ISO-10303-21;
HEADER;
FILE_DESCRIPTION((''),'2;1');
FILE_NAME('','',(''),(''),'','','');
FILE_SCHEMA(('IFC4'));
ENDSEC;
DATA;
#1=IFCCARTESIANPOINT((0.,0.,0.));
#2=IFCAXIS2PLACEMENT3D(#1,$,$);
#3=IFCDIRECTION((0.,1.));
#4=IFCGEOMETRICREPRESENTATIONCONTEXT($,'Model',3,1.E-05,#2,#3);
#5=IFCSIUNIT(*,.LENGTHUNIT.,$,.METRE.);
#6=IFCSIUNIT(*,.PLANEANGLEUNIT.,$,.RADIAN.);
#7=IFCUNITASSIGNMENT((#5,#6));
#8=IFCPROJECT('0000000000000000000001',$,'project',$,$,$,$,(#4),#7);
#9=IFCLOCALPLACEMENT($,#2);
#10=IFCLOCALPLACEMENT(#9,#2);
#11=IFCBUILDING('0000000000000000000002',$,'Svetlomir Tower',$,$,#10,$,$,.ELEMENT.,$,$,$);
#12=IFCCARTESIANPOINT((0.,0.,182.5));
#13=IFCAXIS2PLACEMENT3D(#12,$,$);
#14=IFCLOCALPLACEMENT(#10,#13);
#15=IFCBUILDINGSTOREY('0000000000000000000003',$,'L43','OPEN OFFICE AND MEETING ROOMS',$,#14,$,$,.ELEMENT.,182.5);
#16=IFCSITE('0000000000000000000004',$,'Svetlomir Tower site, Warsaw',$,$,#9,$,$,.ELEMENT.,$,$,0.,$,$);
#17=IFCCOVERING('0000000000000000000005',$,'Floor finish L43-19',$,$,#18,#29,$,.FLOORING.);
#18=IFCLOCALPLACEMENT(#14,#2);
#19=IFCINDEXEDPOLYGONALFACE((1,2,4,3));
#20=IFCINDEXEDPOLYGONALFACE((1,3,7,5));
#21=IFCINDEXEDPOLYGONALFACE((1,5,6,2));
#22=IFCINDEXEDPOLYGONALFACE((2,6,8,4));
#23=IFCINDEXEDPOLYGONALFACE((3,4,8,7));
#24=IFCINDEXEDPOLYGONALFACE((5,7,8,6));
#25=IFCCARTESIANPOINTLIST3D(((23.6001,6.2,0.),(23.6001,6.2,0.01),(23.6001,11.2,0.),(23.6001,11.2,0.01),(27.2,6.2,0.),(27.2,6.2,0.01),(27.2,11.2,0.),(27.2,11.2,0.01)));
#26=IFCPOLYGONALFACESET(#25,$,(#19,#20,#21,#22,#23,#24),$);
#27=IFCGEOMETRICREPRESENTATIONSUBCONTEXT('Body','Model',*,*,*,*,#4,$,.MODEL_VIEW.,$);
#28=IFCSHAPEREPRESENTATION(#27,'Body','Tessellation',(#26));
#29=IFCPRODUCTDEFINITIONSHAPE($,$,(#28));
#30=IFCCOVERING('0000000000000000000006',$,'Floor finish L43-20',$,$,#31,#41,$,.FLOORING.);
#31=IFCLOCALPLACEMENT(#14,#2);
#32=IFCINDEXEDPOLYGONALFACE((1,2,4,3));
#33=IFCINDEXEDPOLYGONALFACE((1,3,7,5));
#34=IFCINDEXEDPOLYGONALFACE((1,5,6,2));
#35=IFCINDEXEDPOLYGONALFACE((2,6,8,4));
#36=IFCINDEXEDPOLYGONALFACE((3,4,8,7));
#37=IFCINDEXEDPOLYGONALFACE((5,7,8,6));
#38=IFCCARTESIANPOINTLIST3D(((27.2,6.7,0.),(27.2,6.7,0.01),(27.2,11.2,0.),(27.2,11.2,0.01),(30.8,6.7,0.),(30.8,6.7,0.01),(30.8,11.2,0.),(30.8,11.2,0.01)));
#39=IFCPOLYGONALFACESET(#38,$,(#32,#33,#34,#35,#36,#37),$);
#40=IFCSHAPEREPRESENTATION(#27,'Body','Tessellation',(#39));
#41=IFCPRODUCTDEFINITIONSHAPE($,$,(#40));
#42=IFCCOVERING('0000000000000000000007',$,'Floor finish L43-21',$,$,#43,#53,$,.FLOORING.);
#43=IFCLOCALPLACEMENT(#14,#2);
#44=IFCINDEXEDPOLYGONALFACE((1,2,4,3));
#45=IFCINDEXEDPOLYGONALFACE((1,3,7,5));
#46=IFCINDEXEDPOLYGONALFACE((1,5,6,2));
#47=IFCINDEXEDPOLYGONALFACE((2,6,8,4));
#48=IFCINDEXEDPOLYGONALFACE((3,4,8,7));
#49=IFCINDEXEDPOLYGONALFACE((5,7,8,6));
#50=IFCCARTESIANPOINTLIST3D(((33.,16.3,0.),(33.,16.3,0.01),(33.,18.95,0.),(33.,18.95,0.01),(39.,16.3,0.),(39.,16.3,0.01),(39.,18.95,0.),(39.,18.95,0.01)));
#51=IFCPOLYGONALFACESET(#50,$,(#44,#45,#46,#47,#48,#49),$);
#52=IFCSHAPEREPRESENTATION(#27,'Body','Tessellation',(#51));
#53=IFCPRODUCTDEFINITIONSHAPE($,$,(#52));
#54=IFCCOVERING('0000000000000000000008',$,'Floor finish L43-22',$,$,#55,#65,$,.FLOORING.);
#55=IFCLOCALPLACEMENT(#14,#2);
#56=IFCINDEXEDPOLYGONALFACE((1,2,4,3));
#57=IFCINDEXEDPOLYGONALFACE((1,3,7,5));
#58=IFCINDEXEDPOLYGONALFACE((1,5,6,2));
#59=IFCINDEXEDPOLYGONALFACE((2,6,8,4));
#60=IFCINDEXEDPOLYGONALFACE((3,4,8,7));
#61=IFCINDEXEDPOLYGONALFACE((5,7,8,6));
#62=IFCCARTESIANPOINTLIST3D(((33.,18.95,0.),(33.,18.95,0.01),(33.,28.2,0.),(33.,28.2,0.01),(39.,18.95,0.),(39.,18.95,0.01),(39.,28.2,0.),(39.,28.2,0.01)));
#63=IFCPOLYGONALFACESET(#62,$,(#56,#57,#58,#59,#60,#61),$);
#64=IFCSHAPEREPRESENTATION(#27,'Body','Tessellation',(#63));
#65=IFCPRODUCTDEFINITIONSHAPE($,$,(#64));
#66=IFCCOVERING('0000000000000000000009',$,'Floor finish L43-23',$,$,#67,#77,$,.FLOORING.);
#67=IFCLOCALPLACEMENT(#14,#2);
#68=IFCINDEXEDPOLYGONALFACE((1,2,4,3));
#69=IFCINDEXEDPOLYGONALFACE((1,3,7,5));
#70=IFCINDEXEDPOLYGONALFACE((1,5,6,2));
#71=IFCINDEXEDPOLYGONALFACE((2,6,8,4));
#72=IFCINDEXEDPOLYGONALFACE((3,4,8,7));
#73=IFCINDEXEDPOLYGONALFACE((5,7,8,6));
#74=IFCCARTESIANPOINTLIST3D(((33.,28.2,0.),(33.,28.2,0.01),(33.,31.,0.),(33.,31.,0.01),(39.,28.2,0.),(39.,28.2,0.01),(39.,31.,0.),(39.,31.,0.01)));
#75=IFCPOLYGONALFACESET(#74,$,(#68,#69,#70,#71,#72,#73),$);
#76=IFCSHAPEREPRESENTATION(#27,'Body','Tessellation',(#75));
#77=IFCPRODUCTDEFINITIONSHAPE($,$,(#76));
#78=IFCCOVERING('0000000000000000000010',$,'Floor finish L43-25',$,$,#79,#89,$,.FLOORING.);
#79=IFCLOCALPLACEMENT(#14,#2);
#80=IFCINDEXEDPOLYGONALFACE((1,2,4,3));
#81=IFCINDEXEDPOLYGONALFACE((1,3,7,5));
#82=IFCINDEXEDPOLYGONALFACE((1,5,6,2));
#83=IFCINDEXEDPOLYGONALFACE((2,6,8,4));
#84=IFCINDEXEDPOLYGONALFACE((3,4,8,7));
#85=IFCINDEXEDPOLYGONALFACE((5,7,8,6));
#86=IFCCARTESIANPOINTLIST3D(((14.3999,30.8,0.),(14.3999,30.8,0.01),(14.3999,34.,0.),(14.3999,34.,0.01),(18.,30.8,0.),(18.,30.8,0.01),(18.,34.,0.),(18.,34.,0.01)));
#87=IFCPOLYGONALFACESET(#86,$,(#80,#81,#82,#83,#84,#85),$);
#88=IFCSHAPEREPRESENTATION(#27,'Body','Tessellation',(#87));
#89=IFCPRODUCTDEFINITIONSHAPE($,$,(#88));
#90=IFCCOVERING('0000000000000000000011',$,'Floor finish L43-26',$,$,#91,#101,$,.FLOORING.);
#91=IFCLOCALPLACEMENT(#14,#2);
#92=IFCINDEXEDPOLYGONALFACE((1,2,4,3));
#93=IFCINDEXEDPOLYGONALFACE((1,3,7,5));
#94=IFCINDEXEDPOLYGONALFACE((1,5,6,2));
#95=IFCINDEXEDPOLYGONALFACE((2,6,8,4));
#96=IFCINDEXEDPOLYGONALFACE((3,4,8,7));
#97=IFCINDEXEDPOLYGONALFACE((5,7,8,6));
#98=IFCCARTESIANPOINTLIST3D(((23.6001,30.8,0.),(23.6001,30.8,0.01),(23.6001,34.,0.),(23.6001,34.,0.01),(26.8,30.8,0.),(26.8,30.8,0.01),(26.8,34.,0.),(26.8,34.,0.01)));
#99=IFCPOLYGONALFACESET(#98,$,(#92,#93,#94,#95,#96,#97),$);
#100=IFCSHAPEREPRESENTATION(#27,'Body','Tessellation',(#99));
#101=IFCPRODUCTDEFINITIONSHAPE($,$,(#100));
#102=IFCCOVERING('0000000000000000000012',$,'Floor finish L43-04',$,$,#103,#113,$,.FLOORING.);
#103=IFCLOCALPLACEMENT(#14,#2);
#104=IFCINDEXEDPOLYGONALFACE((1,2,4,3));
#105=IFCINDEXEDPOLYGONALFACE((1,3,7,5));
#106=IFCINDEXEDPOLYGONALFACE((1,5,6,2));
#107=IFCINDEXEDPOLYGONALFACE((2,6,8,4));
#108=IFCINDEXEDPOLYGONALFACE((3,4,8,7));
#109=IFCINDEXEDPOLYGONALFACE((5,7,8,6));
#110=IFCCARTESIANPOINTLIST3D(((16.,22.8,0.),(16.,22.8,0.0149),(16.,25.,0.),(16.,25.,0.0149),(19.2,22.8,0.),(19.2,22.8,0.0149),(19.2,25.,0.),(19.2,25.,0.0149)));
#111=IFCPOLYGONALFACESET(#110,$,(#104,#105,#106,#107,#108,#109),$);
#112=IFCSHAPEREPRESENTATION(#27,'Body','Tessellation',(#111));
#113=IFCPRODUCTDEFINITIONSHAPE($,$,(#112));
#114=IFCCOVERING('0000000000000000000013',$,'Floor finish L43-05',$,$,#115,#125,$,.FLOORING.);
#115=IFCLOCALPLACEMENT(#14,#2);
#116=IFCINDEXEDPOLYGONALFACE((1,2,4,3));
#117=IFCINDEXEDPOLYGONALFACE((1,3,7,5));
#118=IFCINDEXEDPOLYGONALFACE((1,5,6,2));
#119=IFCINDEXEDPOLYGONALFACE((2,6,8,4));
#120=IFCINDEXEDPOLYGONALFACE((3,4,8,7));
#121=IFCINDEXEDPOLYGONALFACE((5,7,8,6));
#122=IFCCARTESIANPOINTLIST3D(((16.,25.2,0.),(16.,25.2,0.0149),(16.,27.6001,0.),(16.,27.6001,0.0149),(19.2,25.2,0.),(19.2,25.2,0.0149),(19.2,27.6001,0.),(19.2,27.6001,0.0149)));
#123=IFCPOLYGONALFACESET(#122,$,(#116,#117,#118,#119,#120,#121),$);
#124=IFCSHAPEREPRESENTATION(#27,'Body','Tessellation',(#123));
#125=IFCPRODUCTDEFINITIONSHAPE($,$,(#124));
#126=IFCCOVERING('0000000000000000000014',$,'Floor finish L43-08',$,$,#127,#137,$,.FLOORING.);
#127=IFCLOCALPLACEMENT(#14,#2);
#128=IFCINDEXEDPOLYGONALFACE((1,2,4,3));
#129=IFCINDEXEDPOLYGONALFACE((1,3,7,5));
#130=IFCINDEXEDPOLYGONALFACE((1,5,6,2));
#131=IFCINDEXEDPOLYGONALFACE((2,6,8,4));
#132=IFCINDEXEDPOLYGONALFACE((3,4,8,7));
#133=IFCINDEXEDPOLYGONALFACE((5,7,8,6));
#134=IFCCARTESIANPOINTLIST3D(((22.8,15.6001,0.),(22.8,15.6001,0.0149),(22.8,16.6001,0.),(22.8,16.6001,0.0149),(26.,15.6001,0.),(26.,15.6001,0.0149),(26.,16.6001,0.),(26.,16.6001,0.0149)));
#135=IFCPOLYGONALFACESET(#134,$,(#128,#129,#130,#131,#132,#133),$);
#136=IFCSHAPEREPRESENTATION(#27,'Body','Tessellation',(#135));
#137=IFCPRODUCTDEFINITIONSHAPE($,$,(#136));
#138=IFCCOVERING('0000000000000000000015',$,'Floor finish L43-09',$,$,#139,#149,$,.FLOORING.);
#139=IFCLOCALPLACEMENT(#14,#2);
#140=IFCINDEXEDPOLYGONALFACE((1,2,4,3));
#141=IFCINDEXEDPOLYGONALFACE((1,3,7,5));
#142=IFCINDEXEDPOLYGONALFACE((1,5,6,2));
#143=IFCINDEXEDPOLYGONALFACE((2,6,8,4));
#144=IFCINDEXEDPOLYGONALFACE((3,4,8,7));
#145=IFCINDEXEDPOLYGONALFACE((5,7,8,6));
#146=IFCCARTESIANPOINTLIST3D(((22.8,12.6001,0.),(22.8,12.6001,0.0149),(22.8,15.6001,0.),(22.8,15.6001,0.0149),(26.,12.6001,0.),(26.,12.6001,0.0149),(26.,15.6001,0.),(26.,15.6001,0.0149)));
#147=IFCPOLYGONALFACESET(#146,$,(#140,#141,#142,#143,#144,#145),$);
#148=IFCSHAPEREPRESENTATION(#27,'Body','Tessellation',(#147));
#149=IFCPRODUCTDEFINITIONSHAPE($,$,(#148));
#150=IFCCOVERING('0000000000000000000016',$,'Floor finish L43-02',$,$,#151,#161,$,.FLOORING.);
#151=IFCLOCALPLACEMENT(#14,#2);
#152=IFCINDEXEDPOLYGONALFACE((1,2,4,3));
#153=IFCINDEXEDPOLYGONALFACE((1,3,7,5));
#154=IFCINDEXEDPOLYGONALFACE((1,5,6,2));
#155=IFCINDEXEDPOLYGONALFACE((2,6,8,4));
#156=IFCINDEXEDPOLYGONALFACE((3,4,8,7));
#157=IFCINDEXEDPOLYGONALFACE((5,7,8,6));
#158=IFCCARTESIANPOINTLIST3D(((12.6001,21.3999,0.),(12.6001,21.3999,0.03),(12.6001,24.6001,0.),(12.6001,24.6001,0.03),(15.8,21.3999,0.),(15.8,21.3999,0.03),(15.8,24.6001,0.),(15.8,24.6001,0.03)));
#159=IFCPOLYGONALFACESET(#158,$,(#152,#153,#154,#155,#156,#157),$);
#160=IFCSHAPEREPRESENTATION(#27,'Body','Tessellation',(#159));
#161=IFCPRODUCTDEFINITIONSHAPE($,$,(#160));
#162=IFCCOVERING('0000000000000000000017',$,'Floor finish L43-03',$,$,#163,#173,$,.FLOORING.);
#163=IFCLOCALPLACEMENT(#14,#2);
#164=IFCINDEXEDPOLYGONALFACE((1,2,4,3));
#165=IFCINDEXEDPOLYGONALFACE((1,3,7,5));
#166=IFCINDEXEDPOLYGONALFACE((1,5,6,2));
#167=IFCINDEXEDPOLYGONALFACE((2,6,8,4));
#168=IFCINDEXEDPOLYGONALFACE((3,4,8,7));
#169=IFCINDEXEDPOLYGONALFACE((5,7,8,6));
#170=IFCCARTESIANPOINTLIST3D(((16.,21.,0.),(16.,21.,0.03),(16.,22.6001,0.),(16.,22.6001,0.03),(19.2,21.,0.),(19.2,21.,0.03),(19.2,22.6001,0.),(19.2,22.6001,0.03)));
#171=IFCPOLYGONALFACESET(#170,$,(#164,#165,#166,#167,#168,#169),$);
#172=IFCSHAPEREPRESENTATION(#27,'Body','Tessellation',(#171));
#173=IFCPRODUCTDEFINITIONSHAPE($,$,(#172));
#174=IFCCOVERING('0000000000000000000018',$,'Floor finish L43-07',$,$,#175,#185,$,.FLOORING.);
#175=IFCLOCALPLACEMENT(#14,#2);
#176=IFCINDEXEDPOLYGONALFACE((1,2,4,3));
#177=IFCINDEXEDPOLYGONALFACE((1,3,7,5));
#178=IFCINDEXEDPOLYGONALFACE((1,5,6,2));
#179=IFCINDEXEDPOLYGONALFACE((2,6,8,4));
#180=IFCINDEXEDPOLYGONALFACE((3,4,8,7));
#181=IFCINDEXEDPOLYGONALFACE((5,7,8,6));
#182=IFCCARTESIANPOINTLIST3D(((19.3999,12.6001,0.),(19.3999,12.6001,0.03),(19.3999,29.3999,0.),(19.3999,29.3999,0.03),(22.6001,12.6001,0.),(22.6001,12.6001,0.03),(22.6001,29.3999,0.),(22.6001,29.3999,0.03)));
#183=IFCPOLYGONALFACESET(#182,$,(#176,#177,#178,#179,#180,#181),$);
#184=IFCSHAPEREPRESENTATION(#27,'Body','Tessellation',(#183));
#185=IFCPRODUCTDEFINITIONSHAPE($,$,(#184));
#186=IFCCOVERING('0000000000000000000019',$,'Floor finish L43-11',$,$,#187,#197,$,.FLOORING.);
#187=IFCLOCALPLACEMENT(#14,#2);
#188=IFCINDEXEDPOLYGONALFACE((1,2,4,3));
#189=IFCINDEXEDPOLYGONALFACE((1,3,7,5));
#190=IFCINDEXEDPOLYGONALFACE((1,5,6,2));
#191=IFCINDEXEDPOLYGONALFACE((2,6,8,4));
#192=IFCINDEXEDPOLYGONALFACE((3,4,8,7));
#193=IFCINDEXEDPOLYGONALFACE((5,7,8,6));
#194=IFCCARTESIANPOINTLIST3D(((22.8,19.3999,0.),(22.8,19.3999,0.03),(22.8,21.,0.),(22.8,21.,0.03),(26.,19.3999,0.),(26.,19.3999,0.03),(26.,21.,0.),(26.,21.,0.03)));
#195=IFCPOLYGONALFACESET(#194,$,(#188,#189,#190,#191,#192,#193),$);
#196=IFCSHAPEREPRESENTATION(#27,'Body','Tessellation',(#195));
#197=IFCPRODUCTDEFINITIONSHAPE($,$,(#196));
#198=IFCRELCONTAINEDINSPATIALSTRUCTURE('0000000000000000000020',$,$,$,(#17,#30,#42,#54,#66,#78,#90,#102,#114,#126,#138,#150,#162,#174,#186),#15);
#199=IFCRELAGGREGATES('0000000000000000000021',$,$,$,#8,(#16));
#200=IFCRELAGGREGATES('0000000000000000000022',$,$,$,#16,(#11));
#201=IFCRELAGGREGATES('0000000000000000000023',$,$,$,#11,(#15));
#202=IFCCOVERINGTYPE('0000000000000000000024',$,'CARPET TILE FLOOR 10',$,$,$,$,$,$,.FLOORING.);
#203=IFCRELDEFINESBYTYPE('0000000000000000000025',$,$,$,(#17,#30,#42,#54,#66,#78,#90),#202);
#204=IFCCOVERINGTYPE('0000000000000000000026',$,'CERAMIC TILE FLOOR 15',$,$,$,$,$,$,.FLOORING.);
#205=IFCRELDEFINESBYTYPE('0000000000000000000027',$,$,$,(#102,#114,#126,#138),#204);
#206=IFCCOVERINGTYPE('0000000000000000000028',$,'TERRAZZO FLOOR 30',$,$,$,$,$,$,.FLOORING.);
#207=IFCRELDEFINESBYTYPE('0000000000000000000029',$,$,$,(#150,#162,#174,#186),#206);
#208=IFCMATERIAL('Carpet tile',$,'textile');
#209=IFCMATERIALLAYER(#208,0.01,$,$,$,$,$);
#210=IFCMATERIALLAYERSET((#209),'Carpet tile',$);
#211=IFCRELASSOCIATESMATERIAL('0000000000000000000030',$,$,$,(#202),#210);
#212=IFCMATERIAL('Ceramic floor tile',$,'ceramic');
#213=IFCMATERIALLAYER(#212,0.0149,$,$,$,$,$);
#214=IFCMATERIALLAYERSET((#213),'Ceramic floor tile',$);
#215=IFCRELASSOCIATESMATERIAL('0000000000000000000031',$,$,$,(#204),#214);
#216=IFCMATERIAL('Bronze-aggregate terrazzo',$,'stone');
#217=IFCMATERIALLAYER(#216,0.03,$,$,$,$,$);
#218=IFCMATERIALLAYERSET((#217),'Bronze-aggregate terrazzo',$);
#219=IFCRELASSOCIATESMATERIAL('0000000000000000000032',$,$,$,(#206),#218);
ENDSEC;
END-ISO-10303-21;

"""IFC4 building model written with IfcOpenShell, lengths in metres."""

from ifc_helpers import new_model, si_unit, direction, frame, origin, place, context, subcontext, project, spatial, polyline, outline, extrude, material, layer, layer_set, type_object, element, save


model = new_model("IFC4")

# Units and contexts
model_context = context("Model", 3, precision=1e-05, world=origin(), true_north=direction((0.0, 1.0)))
body_context = subcontext(model_context, "Body", "Model", "MODEL_VIEW")
ifc_project = project(units=[si_unit("LENGTHUNIT", "METRE"), si_unit("PLANEANGLEUNIT", "RADIAN")], contexts=[model_context])

# Site, building, storey
site_placement = place(None, origin())
site = spatial("IfcSite", under=ifc_project, at=site_placement, Name="Svetlomir Tower site, Warsaw", CompositionType="ELEMENT", RefElevation=0.0)
building_placement = place(site_placement, origin())
building = spatial("IfcBuilding", under=site, at=building_placement, Name="Svetlomir Tower", CompositionType="ELEMENT")
storey_placement = place(building_placement, frame((0.0, 0.0, 182.5)))
storey = spatial("IfcBuildingStorey", under=building, at=storey_placement, Name="L43", Description="OPEN OFFICE AND MEETING ROOMS", CompositionType="ELEMENT", Elevation=182.5)

# Coverings
ifc_material_1 = material(Name="Carpet tile", Category="textile")
ifc_layer_1 = layer(ifc_material_1, 0.01)
ifc_layer_set_1 = layer_set([ifc_layer_1], Name="Carpet tile")
covering_type_1 = type_object("IfcCoveringType", Name="CARPET TILE FLOOR 10", PredefinedType="FLOORING", material=ifc_layer_set_1)
covering_1_placement = place(storey_placement, origin())
element("IfcCovering", 1, at=covering_1_placement, inside=storey, type_object=covering_type_1, Name="Floor finish L43-19", PredefinedType="FLOORING", context=body_context, shape_type="SweptSolid", body=[
    extrude(outline(polyline([(23.6001, 6.2), (27.2, 6.2), (27.2, 11.2), (23.6001, 11.2), (23.6001, 6.2)])), origin(), (0.0, 0.0, 1.0), 0.01),
])
covering_2_placement = place(storey_placement, origin())
element("IfcCovering", 2, at=covering_2_placement, inside=storey, type_object=covering_type_1, Name="Floor finish L43-20", PredefinedType="FLOORING", context=body_context, shape_type="SweptSolid", body=[
    extrude(outline(polyline([(27.2, 6.7), (30.8, 6.7), (30.8, 11.2), (27.2, 11.2), (27.2, 6.7)])), origin(), (0.0, 0.0, 1.0), 0.01),
])
covering_3_placement = place(storey_placement, origin())
element("IfcCovering", 3, at=covering_3_placement, inside=storey, type_object=covering_type_1, Name="Floor finish L43-21", PredefinedType="FLOORING", context=body_context, shape_type="SweptSolid", body=[
    extrude(outline(polyline([(33.0, 16.3), (39.0, 16.3), (39.0, 18.95), (33.0, 18.95), (33.0, 16.3)])), origin(), (0.0, 0.0, 1.0), 0.01),
])
covering_4_placement = place(storey_placement, origin())
element("IfcCovering", 4, at=covering_4_placement, inside=storey, type_object=covering_type_1, Name="Floor finish L43-22", PredefinedType="FLOORING", context=body_context, shape_type="SweptSolid", body=[
    extrude(outline(polyline([(33.0, 18.95), (39.0, 18.95), (39.0, 28.2), (33.0, 28.2), (33.0, 18.95)])), origin(), (0.0, 0.0, 1.0), 0.01),
])
covering_5_placement = place(storey_placement, origin())
element("IfcCovering", 5, at=covering_5_placement, inside=storey, type_object=covering_type_1, Name="Floor finish L43-23", PredefinedType="FLOORING", context=body_context, shape_type="SweptSolid", body=[
    extrude(outline(polyline([(33.0, 28.2), (39.0, 28.2), (39.0, 31.0), (33.0, 31.0), (33.0, 28.2)])), origin(), (0.0, 0.0, 1.0), 0.01),
])
covering_6_placement = place(storey_placement, origin())
element("IfcCovering", 6, at=covering_6_placement, inside=storey, type_object=covering_type_1, Name="Floor finish L43-25", PredefinedType="FLOORING", context=body_context, shape_type="SweptSolid", body=[
    extrude(outline(polyline([(14.3999, 30.8), (18.0, 30.8), (18.0, 34.0), (14.3999, 34.0), (14.3999, 30.8)])), origin(), (0.0, 0.0, 1.0), 0.01),
])
covering_7_placement = place(storey_placement, origin())
element("IfcCovering", 7, at=covering_7_placement, inside=storey, type_object=covering_type_1, Name="Floor finish L43-26", PredefinedType="FLOORING", context=body_context, shape_type="SweptSolid", body=[
    extrude(outline(polyline([(23.6001, 30.8), (26.8, 30.8), (26.8, 34.0), (23.6001, 34.0), (23.6001, 30.8)])), origin(), (0.0, 0.0, 1.0), 0.01),
])
ifc_material_2 = material(Name="Ceramic floor tile", Category="ceramic")
ifc_layer_2 = layer(ifc_material_2, 0.0149)
ifc_layer_set_2 = layer_set([ifc_layer_2], Name="Ceramic floor tile")
covering_type_2 = type_object("IfcCoveringType", Name="CERAMIC TILE FLOOR 15", PredefinedType="FLOORING", material=ifc_layer_set_2)
covering_8_placement = place(storey_placement, origin())
element("IfcCovering", 8, at=covering_8_placement, inside=storey, type_object=covering_type_2, Name="Floor finish L43-04", PredefinedType="FLOORING", context=body_context, shape_type="SweptSolid", body=[
    extrude(outline(polyline([(16.0, 22.8), (19.2, 22.8), (19.2, 25.0), (16.0, 25.0), (16.0, 22.8)])), origin(), (0.0, 0.0, 1.0), 0.0149),
])
covering_9_placement = place(storey_placement, origin())
element("IfcCovering", 9, at=covering_9_placement, inside=storey, type_object=covering_type_2, Name="Floor finish L43-05", PredefinedType="FLOORING", context=body_context, shape_type="SweptSolid", body=[
    extrude(outline(polyline([(16.0, 25.2), (19.2, 25.2), (19.2, 27.6001), (16.0, 27.6001), (16.0, 25.2)])), origin(), (0.0, 0.0, 1.0), 0.0149),
])
covering_10_placement = place(storey_placement, origin())
element("IfcCovering", 10, at=covering_10_placement, inside=storey, type_object=covering_type_2, Name="Floor finish L43-08", PredefinedType="FLOORING", context=body_context, shape_type="SweptSolid", body=[
    extrude(outline(polyline([(22.8, 15.6001), (26.0, 15.6001), (26.0, 16.6001), (22.8, 16.6001), (22.8, 15.6001)])), origin(), (0.0, 0.0, 1.0), 0.0149),
])
covering_11_placement = place(storey_placement, origin())
element("IfcCovering", 11, at=covering_11_placement, inside=storey, type_object=covering_type_2, Name="Floor finish L43-09", PredefinedType="FLOORING", context=body_context, shape_type="SweptSolid", body=[
    extrude(outline(polyline([(22.8, 12.6001), (26.0, 12.6001), (26.0, 15.6001), (22.8, 15.6001), (22.8, 12.6001)])), origin(), (0.0, 0.0, 1.0), 0.0149),
])
ifc_material_3 = material(Name="Bronze-aggregate terrazzo", Category="stone")
ifc_layer_3 = layer(ifc_material_3, 0.03)
ifc_layer_set_3 = layer_set([ifc_layer_3], Name="Bronze-aggregate terrazzo")
covering_type_3 = type_object("IfcCoveringType", Name="TERRAZZO FLOOR 30", PredefinedType="FLOORING", material=ifc_layer_set_3)
covering_12_placement = place(storey_placement, origin())
element("IfcCovering", 12, at=covering_12_placement, inside=storey, type_object=covering_type_3, Name="Floor finish L43-02", PredefinedType="FLOORING", context=body_context, shape_type="SweptSolid", body=[
    extrude(outline(polyline([(12.6001, 21.3999), (15.8, 21.3999), (15.8, 24.6001), (12.6001, 24.6001), (12.6001, 21.3999)])), origin(), (0.0, 0.0, 1.0), 0.03),
])
covering_13_placement = place(storey_placement, origin())
element("IfcCovering", 13, at=covering_13_placement, inside=storey, type_object=covering_type_3, Name="Floor finish L43-03", PredefinedType="FLOORING", context=body_context, shape_type="SweptSolid", body=[
    extrude(outline(polyline([(16.0, 21.0), (19.2, 21.0), (19.2, 22.6001), (16.0, 22.6001), (16.0, 21.0)])), origin(), (0.0, 0.0, 1.0), 0.03),
])
covering_14_placement = place(storey_placement, origin())
element("IfcCovering", 14, at=covering_14_placement, inside=storey, type_object=covering_type_3, Name="Floor finish L43-07", PredefinedType="FLOORING", context=body_context, shape_type="SweptSolid", body=[
    extrude(outline(polyline([(19.3999, 12.6001), (22.6001, 12.6001), (22.6001, 29.3999), (19.3999, 29.3999), (19.3999, 12.6001)])), origin(), (0.0, 0.0, 1.0), 0.03),
])
covering_15_placement = place(storey_placement, origin())
element("IfcCovering", 15, at=covering_15_placement, inside=storey, type_object=covering_type_3, Name="Floor finish L43-11", PredefinedType="FLOORING", context=body_context, shape_type="SweptSolid", body=[
    extrude(outline(polyline([(22.8, 19.3999), (26.0, 19.3999), (26.0, 21.0), (22.8, 21.0), (22.8, 19.3999)])), origin(), (0.0, 0.0, 1.0), 0.03),
])

save(model, "model.ifc")
